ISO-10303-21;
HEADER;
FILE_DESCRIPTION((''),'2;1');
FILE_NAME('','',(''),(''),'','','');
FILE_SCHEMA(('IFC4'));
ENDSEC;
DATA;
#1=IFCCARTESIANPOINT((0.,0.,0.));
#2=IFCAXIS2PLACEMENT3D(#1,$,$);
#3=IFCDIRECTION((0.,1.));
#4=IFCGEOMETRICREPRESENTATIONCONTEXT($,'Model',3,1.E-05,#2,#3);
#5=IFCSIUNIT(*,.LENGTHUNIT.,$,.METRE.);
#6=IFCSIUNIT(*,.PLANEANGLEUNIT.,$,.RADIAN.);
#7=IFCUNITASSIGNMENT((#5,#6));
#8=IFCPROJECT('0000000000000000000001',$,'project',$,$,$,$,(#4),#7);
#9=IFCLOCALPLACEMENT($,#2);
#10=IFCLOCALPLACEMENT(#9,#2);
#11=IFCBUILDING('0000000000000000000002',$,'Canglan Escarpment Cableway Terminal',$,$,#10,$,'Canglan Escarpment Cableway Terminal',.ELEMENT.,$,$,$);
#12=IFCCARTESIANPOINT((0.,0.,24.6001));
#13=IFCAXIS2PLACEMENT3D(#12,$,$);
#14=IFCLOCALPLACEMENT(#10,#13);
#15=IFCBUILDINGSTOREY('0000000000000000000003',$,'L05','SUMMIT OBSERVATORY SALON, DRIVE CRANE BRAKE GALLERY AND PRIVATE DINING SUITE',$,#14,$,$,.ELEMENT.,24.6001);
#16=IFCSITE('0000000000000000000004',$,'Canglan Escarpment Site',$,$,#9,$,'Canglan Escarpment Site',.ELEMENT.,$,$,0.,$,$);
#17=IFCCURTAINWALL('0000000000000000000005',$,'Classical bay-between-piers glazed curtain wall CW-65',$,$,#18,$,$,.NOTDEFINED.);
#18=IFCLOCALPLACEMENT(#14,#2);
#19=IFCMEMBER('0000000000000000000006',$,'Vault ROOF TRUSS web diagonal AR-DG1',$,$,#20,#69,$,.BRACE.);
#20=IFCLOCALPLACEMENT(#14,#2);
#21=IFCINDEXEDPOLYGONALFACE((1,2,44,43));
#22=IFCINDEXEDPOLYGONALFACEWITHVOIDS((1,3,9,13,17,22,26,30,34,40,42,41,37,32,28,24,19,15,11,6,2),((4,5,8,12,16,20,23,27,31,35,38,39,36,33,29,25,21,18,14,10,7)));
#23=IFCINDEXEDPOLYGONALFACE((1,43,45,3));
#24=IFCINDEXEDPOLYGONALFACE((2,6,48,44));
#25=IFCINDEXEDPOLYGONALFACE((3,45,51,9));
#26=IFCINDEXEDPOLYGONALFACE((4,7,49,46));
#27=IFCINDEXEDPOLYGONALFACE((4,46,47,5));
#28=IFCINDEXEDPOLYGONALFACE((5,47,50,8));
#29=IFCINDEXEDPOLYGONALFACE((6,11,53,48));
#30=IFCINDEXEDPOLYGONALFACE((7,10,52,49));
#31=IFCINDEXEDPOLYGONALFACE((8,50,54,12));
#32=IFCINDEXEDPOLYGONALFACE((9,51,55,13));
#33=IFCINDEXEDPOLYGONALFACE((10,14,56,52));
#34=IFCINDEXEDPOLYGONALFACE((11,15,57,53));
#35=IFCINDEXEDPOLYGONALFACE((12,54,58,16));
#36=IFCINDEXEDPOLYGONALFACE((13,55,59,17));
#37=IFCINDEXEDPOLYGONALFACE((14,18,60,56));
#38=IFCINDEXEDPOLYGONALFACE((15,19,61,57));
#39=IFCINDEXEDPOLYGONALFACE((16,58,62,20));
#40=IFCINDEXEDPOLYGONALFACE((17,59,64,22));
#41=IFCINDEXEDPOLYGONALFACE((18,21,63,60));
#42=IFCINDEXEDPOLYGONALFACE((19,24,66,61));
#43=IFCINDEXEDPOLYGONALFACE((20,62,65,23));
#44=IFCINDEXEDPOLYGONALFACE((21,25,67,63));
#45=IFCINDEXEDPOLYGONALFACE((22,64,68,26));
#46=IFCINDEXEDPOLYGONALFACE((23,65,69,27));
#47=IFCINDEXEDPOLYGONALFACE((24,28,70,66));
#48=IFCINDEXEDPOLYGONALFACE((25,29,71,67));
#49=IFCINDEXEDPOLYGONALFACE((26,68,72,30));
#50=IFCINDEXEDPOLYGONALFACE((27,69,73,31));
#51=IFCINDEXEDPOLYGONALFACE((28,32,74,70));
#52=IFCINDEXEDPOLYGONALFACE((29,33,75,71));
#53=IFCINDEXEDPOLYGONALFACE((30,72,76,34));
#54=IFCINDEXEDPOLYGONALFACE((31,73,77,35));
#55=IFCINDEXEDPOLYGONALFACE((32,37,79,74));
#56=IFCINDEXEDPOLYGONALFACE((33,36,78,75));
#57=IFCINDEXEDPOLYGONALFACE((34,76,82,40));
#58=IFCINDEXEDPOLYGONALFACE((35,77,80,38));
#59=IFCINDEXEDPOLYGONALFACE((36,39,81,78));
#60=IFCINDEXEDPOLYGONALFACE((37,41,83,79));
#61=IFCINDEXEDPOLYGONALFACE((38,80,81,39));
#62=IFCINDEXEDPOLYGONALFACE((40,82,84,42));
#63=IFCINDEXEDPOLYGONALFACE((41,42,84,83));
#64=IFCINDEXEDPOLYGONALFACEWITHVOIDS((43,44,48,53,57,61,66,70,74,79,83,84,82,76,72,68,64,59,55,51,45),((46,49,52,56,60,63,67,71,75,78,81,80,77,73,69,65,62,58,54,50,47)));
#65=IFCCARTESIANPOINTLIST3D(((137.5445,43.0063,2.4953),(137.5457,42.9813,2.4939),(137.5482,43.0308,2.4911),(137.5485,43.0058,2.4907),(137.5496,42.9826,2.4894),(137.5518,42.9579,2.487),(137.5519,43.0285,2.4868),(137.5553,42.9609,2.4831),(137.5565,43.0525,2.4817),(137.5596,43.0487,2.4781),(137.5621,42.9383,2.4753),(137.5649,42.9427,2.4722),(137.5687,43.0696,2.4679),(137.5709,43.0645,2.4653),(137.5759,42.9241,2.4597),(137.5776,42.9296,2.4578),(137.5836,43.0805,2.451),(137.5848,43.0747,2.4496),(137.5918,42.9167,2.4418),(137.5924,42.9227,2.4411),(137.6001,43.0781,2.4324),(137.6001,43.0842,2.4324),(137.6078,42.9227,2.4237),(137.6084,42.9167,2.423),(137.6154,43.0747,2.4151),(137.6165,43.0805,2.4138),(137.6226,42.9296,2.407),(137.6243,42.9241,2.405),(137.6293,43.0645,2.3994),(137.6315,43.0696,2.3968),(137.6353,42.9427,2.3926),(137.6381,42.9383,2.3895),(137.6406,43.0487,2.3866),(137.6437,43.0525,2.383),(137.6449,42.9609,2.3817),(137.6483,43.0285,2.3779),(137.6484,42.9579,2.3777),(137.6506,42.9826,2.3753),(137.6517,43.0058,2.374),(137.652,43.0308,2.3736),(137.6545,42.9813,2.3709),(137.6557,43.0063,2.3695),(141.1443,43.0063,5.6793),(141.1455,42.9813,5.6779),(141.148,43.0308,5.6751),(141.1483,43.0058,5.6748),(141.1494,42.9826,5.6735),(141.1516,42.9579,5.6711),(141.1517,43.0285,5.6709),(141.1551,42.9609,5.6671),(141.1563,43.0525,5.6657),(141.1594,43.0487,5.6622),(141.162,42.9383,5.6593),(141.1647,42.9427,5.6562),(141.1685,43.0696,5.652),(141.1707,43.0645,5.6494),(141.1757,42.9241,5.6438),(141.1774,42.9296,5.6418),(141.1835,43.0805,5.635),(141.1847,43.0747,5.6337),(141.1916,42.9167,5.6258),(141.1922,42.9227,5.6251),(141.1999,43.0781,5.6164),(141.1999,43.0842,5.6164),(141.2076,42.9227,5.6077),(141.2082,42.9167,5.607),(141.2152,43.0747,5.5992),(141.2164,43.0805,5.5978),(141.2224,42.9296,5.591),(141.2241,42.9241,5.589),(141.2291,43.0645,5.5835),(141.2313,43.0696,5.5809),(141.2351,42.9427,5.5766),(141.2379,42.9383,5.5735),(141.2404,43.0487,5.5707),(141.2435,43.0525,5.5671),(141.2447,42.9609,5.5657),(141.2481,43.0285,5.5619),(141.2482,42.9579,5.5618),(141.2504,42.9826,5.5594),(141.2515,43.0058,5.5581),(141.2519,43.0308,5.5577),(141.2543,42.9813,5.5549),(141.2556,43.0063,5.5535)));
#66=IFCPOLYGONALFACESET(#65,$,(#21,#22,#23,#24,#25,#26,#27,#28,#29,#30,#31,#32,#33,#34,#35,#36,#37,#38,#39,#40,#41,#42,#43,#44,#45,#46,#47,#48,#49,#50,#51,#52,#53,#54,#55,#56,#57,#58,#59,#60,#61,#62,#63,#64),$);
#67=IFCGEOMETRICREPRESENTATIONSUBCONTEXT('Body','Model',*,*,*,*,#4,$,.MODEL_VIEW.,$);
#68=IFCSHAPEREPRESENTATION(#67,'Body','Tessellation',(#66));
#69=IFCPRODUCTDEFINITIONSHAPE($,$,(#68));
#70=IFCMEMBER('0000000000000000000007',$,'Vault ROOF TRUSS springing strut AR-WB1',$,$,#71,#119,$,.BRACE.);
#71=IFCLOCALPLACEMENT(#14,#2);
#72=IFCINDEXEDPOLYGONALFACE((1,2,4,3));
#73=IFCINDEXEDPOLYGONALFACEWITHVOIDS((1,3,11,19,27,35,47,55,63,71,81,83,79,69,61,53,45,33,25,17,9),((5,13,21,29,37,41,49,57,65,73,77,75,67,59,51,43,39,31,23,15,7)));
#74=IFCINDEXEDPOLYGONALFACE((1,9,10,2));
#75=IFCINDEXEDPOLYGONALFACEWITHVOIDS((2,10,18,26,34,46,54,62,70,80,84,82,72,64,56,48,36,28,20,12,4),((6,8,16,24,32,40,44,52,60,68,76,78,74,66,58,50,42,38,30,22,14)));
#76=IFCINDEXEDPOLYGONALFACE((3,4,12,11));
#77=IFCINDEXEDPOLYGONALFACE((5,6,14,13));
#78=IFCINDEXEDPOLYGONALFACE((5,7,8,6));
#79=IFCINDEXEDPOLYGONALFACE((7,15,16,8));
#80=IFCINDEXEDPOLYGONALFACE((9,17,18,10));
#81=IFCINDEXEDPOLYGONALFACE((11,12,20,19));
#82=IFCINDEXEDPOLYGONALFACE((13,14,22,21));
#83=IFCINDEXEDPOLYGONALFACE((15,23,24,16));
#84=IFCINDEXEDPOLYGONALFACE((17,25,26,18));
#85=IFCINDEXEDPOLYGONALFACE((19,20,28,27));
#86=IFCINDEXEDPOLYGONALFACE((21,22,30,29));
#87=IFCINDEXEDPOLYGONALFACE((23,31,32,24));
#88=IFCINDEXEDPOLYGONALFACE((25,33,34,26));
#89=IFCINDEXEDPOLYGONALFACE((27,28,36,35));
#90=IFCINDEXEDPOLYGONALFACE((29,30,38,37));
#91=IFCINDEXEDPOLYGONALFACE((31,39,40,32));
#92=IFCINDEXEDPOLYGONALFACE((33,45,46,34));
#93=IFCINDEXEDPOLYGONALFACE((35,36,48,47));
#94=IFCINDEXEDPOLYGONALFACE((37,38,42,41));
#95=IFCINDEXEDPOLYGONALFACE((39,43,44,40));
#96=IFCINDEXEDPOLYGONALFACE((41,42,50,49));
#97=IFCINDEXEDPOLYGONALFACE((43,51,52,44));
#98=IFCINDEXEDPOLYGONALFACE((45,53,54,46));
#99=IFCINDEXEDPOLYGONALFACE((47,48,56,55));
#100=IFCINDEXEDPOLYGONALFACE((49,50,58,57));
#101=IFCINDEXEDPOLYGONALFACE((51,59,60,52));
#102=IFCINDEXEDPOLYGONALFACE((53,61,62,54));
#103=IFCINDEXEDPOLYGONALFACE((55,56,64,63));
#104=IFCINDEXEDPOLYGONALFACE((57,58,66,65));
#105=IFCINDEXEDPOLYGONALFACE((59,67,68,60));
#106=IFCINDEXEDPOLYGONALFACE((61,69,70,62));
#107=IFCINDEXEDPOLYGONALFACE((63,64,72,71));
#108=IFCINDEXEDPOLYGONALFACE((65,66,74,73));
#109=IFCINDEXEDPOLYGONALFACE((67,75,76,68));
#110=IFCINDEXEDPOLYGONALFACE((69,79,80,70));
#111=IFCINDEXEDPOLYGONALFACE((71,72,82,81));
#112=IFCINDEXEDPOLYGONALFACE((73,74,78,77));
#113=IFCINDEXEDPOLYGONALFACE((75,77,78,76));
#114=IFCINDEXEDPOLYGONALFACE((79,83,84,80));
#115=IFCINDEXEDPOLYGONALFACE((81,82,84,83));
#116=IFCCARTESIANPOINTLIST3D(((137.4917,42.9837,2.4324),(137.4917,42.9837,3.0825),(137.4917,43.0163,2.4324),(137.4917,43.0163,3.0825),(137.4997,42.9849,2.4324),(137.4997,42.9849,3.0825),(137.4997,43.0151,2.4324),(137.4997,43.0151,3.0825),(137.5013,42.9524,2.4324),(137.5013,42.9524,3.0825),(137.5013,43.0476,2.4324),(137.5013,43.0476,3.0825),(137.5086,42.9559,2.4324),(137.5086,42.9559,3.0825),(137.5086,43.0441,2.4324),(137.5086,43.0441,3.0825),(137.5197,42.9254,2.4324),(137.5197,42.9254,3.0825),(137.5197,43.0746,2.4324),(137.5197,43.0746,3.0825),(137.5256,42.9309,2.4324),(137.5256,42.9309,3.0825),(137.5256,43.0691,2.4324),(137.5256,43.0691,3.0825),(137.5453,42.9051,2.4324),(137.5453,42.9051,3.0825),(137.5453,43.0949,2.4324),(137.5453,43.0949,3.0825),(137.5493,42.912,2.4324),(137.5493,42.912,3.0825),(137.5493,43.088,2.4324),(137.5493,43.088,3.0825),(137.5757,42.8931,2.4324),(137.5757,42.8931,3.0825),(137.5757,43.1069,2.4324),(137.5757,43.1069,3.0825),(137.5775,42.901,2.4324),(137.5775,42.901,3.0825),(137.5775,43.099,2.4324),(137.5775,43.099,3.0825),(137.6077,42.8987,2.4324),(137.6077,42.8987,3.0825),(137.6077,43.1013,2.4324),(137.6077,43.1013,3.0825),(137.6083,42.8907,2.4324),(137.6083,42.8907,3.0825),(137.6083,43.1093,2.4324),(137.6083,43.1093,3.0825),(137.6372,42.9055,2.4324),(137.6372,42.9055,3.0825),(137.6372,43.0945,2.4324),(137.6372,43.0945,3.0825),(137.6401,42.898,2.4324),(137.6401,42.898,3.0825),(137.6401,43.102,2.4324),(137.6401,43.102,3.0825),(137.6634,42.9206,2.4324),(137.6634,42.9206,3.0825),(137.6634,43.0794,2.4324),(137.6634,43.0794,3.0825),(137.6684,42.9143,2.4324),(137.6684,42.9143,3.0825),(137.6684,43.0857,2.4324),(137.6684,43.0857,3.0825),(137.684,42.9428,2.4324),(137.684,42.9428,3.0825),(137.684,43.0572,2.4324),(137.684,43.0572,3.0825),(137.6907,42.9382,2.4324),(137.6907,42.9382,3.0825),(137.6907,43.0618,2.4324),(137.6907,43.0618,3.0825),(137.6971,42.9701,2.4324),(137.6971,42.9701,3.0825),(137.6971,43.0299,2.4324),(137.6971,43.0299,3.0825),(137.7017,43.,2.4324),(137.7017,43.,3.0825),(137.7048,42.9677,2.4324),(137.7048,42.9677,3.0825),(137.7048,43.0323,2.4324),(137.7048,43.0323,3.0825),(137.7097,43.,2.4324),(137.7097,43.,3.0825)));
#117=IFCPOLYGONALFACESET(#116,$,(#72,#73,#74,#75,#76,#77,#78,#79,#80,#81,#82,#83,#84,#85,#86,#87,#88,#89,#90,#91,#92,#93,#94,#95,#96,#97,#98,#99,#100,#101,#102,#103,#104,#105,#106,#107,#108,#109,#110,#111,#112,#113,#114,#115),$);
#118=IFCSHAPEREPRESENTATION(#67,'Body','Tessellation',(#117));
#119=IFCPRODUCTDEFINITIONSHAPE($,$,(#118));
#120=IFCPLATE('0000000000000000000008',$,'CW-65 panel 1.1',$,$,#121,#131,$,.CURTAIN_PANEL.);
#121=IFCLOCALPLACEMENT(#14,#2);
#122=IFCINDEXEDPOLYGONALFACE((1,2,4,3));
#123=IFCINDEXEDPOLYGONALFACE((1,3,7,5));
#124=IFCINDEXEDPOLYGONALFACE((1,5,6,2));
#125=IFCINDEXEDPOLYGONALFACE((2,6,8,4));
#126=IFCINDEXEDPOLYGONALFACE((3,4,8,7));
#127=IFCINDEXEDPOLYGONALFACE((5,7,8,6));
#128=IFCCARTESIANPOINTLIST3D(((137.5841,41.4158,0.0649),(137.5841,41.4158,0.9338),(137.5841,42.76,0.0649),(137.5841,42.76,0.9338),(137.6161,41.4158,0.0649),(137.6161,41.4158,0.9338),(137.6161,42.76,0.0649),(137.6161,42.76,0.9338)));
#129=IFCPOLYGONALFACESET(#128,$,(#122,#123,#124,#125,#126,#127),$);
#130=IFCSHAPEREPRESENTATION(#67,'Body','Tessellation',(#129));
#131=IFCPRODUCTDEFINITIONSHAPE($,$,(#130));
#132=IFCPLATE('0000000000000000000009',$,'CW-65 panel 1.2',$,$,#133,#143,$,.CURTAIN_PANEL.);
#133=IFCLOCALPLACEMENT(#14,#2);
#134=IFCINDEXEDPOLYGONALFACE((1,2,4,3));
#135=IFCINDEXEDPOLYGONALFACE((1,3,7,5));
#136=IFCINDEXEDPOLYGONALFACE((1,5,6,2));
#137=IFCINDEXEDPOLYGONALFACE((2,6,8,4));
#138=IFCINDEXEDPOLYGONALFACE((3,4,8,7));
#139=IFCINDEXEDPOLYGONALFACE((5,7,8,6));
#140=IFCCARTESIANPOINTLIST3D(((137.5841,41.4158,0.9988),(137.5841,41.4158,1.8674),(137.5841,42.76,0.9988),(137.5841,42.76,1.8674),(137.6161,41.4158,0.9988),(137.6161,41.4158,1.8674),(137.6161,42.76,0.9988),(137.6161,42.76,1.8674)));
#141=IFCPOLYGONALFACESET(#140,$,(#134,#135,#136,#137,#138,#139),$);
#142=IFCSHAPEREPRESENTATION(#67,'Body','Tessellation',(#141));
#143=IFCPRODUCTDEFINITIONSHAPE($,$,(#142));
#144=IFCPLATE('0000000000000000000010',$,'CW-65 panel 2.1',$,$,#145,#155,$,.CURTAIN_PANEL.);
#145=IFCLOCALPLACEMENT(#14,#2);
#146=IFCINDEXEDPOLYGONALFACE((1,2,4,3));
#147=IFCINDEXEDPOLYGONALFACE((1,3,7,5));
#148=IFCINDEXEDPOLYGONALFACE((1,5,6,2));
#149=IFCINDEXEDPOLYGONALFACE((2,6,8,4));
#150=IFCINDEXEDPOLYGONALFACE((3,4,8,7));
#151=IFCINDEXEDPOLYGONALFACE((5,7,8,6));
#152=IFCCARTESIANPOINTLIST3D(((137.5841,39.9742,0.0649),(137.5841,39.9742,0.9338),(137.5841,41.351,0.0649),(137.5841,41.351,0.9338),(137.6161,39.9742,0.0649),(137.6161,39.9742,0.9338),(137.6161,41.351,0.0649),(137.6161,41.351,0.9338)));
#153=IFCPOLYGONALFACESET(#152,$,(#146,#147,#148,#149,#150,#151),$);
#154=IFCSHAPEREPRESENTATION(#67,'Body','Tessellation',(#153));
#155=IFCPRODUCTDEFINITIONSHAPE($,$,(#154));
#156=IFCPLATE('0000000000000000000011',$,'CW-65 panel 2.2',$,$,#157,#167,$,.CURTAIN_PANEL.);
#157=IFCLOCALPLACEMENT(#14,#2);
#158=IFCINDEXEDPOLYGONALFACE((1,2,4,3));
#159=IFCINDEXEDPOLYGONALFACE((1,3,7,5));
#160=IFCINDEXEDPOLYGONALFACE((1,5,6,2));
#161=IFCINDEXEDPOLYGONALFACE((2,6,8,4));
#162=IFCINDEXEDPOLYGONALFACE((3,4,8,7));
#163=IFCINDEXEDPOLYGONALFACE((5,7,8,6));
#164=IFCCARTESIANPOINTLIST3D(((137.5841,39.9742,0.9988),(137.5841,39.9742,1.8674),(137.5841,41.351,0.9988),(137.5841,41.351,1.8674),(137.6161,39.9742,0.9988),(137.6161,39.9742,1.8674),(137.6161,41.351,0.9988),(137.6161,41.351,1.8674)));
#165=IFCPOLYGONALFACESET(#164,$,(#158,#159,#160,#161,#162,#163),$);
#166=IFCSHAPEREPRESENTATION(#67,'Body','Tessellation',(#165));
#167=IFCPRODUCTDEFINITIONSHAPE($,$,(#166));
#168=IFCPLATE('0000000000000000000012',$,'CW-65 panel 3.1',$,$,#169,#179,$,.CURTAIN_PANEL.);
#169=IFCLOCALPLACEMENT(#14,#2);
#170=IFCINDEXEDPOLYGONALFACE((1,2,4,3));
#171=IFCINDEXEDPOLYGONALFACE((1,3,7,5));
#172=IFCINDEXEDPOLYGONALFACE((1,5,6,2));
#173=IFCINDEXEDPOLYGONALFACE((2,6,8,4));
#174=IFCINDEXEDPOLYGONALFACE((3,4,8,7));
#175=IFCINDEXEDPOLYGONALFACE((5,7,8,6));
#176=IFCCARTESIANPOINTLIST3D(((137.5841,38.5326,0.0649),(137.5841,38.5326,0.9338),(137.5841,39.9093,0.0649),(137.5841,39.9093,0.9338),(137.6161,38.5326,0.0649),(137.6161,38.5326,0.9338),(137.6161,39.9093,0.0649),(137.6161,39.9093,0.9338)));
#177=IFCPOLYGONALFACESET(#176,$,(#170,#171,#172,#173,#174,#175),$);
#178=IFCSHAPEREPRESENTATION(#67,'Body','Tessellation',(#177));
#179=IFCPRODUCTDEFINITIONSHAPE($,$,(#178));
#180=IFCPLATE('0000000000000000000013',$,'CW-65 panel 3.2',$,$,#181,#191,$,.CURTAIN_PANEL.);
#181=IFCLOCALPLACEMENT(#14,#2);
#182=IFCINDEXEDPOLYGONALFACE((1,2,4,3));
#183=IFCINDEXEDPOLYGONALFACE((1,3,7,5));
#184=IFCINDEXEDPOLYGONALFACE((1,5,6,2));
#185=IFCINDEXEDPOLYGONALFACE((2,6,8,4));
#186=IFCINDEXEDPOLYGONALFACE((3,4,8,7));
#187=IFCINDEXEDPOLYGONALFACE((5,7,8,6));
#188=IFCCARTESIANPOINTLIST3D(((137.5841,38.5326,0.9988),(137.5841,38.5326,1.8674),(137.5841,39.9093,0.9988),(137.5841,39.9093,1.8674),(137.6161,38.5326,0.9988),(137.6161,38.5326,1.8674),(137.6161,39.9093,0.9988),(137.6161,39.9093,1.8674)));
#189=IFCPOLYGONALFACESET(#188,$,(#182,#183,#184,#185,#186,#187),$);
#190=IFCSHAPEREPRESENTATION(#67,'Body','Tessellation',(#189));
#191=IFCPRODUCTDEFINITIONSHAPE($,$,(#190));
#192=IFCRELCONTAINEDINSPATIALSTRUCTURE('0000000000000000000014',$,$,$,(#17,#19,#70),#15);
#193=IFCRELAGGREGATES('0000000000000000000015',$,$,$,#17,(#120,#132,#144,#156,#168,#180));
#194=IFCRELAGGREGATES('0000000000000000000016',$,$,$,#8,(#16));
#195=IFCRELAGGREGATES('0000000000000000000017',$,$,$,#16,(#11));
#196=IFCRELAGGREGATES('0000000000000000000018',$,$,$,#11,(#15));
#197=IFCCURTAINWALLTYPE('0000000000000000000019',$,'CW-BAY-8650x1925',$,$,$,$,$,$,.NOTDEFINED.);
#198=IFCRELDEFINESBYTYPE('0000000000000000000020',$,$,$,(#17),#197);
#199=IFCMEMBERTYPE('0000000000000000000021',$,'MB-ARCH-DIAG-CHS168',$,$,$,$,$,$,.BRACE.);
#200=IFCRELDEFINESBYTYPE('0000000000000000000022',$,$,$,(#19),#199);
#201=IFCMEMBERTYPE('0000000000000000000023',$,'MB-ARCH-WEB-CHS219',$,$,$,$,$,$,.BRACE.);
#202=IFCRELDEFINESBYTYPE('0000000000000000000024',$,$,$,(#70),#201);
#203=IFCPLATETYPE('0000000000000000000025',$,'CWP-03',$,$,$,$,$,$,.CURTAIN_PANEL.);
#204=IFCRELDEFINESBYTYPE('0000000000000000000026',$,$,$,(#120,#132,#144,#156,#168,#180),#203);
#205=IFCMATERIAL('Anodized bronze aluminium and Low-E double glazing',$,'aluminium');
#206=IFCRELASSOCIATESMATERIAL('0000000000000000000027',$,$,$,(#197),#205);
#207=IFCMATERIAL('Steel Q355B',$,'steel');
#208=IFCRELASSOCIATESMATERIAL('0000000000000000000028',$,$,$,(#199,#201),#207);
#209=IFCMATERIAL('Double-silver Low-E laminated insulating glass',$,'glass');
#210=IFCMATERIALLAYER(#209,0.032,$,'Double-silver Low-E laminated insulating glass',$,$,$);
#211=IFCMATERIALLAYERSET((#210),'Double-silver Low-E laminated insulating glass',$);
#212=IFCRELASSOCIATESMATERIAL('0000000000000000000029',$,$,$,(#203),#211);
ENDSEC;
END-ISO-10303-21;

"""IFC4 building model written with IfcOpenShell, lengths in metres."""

from ifc_helpers import new_model, si_unit, direction, frame, origin, origin_2d, place, context, subcontext, project, spatial, rectangle, hollow_circle, extrude, material, layer, layer_set, material_profile, profile_set, type_object, element, aggregate, save


model = new_model("IFC4")

# Units and contexts
model_context = context("Model", 3, precision=1e-05, world=origin(), true_north=direction((0.0, 1.0)))
body_context = subcontext(model_context, "Body", "Model", "MODEL_VIEW")
ifc_project = project(units=[si_unit("LENGTHUNIT", "METRE"), si_unit("PLANEANGLEUNIT", "RADIAN")], contexts=[model_context])

# Site, building, storey
site_placement = place(None, origin())
site = spatial("IfcSite", under=ifc_project, at=site_placement, Name="Canglan Escarpment Site", LongName="Canglan Escarpment Site", CompositionType="ELEMENT", RefElevation=0.0)
building_placement = place(site_placement, origin())
building = spatial("IfcBuilding", under=site, at=building_placement, Name="Canglan Escarpment Cableway Terminal", LongName="Canglan Escarpment Cableway Terminal", CompositionType="ELEMENT")
storey_placement = place(building_placement, frame((0.0, 0.0, 24.6001)))
storey = spatial("IfcBuildingStorey", under=building, at=storey_placement, Name="L05", Description="SUMMIT OBSERVATORY SALON, DRIVE CRANE BRAKE GALLERY AND PRIVATE DINING SUITE", CompositionType="ELEMENT", Elevation=24.6001)

# Shared definitions
ifc_material_1 = material(Name="Steel Q355B", Category="steel")

# Curtain wall
ifc_material_2 = material(Name="Anodized bronze aluminium and Low-E double glazing", Category="aluminium")
curtain_wall_type = type_object("IfcCurtainWallType", Name="CW-BAY-8650x1925", PredefinedType="NOTDEFINED", material=ifc_material_2)
curtain_wall_1_placement = place(storey_placement, origin())
curtain_wall_1 = element("IfcCurtainWall", 1, at=curtain_wall_1_placement, inside=storey, type_object=curtain_wall_type, Name="Classical bay-between-piers glazed curtain wall CW-65", PredefinedType="NOTDEFINED")

# Members
ifc_material_profile_1 = material_profile(ifc_material_1, hollow_circle(Radius=0.0842, WallThickness=0.0061, at=origin_2d()), Name="CHS 168.3x6")
ifc_profile_set_1 = profile_set([ifc_material_profile_1], Name="Steel Q355B")
member_type_1 = type_object("IfcMemberType", Name="MB-ARCH-DIAG-CHS168", PredefinedType="BRACE", material=ifc_profile_set_1)
member_1_placement = place(storey_placement, frame((137.6001, 43.0, 2.4324), z_axis=(0.749038, 0.0, 0.662527), x_axis=(0.0, 1.0, 0.0)))
element("IfcMember", 2, at=member_1_placement, inside=storey, type_object=member_type_1, Name="Vault ROOF TRUSS web diagonal AR-DG1", PredefinedType="BRACE", context=body_context, shape_type="SweptSolid", body=[
    extrude(hollow_circle(Radius=0.0842, WallThickness=0.0061, at=origin_2d()), origin(), (0.0, 0.0, 1.0), 4.8059),
])
ifc_material_profile_2 = material_profile(ifc_material_1, hollow_circle(Radius=0.1096, WallThickness=0.0081, at=origin_2d()), Name="CHS 219.1x8")
ifc_profile_set_2 = profile_set([ifc_material_profile_2], Name="Steel Q355B")
member_type_2 = type_object("IfcMemberType", Name="MB-ARCH-WEB-CHS219", PredefinedType="BRACE", material=ifc_profile_set_2)
member_2_placement = place(storey_placement, frame((137.6001, 43.0, 2.4324), z_axis=(0.0, 0.0, 1.0), x_axis=(1.0, 0.0, 0.0)))
element("IfcMember", 3, at=member_2_placement, inside=storey, type_object=member_type_2, Name="Vault ROOF TRUSS springing strut AR-WB1", PredefinedType="BRACE", context=body_context, shape_type="SweptSolid", body=[
    extrude(hollow_circle(Radius=0.1096, WallThickness=0.0081, at=origin_2d()), origin(), (0.0, 0.0, 1.0), 0.6501),
])

# Plates
ifc_material_3 = material(Name="Double-silver Low-E laminated insulating glass", Category="glass")
ifc_layer_1 = layer(ifc_material_3, 0.032, Name="Double-silver Low-E laminated insulating glass")
ifc_layer_set_1 = layer_set([ifc_layer_1], Name="Double-silver Low-E laminated insulating glass")
plate_type_1 = type_object("IfcPlateType", Name="CWP-03", PredefinedType="CURTAIN_PANEL", material=ifc_layer_set_1)
plate_1_placement = place(storey_placement, frame((137.6001, 42.0879, 0.0649), z_axis=(0.0, 0.0, 1.0), x_axis=(0.0, -1.0, 0.0)))
plate_1 = element("IfcPlate", 4, at=plate_1_placement, type_object=plate_type_1, Name="CW-65 panel 1.1", PredefinedType="CURTAIN_PANEL", context=body_context, shape_type="SweptSolid", body=[
    extrude(rectangle(XDim=1.3442, YDim=0.032, at=origin_2d()), origin(), (0.0, 0.0, 1.0), 0.8689),
])
plate_2_placement = place(storey_placement, frame((137.6001, 42.0879, 0.9988), z_axis=(0.0, 0.0, 1.0), x_axis=(0.0, -1.0, 0.0)))
plate_2 = element("IfcPlate", 5, at=plate_2_placement, type_object=plate_type_1, Name="CW-65 panel 1.2", PredefinedType="CURTAIN_PANEL", context=body_context, shape_type="SweptSolid", body=[
    extrude(rectangle(XDim=1.3442, YDim=0.032, at=origin_2d()), origin(), (0.0, 0.0, 1.0), 0.8687),
])
plate_3_placement = place(storey_placement, frame((137.6001, 40.6626, 0.0649), z_axis=(0.0, 0.0, 1.0), x_axis=(0.0, -1.0, 0.0)))
plate_3 = element("IfcPlate", 6, at=plate_3_placement, type_object=plate_type_1, Name="CW-65 panel 2.1", PredefinedType="CURTAIN_PANEL", context=body_context, shape_type="SweptSolid", body=[
    extrude(rectangle(XDim=1.3767, YDim=0.032, at=origin_2d()), origin(), (0.0, 0.0, 1.0), 0.8689),
])
plate_4_placement = place(storey_placement, frame((137.6001, 40.6626, 0.9988), z_axis=(0.0, 0.0, 1.0), x_axis=(0.0, -1.0, 0.0)))
plate_4 = element("IfcPlate", 7, at=plate_4_placement, type_object=plate_type_1, Name="CW-65 panel 2.2", PredefinedType="CURTAIN_PANEL", context=body_context, shape_type="SweptSolid", body=[
    extrude(rectangle(XDim=1.3767, YDim=0.032, at=origin_2d()), origin(), (0.0, 0.0, 1.0), 0.8687),
])
plate_5_placement = place(storey_placement, frame((137.6001, 39.2209, 0.0649), z_axis=(0.0, 0.0, 1.0), x_axis=(0.0, -1.0, 0.0)))
plate_5 = element("IfcPlate", 8, at=plate_5_placement, type_object=plate_type_1, Name="CW-65 panel 3.1", PredefinedType="CURTAIN_PANEL", context=body_context, shape_type="SweptSolid", body=[
    extrude(rectangle(XDim=1.3767, YDim=0.032, at=origin_2d()), origin(), (0.0, 0.0, 1.0), 0.8689),
])
plate_6_placement = place(storey_placement, frame((137.6001, 39.2209, 0.9988), z_axis=(0.0, 0.0, 1.0), x_axis=(0.0, -1.0, 0.0)))
plate_6 = element("IfcPlate", 9, at=plate_6_placement, type_object=plate_type_1, Name="CW-65 panel 3.2", PredefinedType="CURTAIN_PANEL", context=body_context, shape_type="SweptSolid", body=[
    extrude(rectangle(XDim=1.3767, YDim=0.032, at=origin_2d()), origin(), (0.0, 0.0, 1.0), 0.8687),
])
aggregate(curtain_wall_1, [plate_1, plate_2, plate_3, plate_4, plate_5, plate_6])

save(model, "model.ifc")
